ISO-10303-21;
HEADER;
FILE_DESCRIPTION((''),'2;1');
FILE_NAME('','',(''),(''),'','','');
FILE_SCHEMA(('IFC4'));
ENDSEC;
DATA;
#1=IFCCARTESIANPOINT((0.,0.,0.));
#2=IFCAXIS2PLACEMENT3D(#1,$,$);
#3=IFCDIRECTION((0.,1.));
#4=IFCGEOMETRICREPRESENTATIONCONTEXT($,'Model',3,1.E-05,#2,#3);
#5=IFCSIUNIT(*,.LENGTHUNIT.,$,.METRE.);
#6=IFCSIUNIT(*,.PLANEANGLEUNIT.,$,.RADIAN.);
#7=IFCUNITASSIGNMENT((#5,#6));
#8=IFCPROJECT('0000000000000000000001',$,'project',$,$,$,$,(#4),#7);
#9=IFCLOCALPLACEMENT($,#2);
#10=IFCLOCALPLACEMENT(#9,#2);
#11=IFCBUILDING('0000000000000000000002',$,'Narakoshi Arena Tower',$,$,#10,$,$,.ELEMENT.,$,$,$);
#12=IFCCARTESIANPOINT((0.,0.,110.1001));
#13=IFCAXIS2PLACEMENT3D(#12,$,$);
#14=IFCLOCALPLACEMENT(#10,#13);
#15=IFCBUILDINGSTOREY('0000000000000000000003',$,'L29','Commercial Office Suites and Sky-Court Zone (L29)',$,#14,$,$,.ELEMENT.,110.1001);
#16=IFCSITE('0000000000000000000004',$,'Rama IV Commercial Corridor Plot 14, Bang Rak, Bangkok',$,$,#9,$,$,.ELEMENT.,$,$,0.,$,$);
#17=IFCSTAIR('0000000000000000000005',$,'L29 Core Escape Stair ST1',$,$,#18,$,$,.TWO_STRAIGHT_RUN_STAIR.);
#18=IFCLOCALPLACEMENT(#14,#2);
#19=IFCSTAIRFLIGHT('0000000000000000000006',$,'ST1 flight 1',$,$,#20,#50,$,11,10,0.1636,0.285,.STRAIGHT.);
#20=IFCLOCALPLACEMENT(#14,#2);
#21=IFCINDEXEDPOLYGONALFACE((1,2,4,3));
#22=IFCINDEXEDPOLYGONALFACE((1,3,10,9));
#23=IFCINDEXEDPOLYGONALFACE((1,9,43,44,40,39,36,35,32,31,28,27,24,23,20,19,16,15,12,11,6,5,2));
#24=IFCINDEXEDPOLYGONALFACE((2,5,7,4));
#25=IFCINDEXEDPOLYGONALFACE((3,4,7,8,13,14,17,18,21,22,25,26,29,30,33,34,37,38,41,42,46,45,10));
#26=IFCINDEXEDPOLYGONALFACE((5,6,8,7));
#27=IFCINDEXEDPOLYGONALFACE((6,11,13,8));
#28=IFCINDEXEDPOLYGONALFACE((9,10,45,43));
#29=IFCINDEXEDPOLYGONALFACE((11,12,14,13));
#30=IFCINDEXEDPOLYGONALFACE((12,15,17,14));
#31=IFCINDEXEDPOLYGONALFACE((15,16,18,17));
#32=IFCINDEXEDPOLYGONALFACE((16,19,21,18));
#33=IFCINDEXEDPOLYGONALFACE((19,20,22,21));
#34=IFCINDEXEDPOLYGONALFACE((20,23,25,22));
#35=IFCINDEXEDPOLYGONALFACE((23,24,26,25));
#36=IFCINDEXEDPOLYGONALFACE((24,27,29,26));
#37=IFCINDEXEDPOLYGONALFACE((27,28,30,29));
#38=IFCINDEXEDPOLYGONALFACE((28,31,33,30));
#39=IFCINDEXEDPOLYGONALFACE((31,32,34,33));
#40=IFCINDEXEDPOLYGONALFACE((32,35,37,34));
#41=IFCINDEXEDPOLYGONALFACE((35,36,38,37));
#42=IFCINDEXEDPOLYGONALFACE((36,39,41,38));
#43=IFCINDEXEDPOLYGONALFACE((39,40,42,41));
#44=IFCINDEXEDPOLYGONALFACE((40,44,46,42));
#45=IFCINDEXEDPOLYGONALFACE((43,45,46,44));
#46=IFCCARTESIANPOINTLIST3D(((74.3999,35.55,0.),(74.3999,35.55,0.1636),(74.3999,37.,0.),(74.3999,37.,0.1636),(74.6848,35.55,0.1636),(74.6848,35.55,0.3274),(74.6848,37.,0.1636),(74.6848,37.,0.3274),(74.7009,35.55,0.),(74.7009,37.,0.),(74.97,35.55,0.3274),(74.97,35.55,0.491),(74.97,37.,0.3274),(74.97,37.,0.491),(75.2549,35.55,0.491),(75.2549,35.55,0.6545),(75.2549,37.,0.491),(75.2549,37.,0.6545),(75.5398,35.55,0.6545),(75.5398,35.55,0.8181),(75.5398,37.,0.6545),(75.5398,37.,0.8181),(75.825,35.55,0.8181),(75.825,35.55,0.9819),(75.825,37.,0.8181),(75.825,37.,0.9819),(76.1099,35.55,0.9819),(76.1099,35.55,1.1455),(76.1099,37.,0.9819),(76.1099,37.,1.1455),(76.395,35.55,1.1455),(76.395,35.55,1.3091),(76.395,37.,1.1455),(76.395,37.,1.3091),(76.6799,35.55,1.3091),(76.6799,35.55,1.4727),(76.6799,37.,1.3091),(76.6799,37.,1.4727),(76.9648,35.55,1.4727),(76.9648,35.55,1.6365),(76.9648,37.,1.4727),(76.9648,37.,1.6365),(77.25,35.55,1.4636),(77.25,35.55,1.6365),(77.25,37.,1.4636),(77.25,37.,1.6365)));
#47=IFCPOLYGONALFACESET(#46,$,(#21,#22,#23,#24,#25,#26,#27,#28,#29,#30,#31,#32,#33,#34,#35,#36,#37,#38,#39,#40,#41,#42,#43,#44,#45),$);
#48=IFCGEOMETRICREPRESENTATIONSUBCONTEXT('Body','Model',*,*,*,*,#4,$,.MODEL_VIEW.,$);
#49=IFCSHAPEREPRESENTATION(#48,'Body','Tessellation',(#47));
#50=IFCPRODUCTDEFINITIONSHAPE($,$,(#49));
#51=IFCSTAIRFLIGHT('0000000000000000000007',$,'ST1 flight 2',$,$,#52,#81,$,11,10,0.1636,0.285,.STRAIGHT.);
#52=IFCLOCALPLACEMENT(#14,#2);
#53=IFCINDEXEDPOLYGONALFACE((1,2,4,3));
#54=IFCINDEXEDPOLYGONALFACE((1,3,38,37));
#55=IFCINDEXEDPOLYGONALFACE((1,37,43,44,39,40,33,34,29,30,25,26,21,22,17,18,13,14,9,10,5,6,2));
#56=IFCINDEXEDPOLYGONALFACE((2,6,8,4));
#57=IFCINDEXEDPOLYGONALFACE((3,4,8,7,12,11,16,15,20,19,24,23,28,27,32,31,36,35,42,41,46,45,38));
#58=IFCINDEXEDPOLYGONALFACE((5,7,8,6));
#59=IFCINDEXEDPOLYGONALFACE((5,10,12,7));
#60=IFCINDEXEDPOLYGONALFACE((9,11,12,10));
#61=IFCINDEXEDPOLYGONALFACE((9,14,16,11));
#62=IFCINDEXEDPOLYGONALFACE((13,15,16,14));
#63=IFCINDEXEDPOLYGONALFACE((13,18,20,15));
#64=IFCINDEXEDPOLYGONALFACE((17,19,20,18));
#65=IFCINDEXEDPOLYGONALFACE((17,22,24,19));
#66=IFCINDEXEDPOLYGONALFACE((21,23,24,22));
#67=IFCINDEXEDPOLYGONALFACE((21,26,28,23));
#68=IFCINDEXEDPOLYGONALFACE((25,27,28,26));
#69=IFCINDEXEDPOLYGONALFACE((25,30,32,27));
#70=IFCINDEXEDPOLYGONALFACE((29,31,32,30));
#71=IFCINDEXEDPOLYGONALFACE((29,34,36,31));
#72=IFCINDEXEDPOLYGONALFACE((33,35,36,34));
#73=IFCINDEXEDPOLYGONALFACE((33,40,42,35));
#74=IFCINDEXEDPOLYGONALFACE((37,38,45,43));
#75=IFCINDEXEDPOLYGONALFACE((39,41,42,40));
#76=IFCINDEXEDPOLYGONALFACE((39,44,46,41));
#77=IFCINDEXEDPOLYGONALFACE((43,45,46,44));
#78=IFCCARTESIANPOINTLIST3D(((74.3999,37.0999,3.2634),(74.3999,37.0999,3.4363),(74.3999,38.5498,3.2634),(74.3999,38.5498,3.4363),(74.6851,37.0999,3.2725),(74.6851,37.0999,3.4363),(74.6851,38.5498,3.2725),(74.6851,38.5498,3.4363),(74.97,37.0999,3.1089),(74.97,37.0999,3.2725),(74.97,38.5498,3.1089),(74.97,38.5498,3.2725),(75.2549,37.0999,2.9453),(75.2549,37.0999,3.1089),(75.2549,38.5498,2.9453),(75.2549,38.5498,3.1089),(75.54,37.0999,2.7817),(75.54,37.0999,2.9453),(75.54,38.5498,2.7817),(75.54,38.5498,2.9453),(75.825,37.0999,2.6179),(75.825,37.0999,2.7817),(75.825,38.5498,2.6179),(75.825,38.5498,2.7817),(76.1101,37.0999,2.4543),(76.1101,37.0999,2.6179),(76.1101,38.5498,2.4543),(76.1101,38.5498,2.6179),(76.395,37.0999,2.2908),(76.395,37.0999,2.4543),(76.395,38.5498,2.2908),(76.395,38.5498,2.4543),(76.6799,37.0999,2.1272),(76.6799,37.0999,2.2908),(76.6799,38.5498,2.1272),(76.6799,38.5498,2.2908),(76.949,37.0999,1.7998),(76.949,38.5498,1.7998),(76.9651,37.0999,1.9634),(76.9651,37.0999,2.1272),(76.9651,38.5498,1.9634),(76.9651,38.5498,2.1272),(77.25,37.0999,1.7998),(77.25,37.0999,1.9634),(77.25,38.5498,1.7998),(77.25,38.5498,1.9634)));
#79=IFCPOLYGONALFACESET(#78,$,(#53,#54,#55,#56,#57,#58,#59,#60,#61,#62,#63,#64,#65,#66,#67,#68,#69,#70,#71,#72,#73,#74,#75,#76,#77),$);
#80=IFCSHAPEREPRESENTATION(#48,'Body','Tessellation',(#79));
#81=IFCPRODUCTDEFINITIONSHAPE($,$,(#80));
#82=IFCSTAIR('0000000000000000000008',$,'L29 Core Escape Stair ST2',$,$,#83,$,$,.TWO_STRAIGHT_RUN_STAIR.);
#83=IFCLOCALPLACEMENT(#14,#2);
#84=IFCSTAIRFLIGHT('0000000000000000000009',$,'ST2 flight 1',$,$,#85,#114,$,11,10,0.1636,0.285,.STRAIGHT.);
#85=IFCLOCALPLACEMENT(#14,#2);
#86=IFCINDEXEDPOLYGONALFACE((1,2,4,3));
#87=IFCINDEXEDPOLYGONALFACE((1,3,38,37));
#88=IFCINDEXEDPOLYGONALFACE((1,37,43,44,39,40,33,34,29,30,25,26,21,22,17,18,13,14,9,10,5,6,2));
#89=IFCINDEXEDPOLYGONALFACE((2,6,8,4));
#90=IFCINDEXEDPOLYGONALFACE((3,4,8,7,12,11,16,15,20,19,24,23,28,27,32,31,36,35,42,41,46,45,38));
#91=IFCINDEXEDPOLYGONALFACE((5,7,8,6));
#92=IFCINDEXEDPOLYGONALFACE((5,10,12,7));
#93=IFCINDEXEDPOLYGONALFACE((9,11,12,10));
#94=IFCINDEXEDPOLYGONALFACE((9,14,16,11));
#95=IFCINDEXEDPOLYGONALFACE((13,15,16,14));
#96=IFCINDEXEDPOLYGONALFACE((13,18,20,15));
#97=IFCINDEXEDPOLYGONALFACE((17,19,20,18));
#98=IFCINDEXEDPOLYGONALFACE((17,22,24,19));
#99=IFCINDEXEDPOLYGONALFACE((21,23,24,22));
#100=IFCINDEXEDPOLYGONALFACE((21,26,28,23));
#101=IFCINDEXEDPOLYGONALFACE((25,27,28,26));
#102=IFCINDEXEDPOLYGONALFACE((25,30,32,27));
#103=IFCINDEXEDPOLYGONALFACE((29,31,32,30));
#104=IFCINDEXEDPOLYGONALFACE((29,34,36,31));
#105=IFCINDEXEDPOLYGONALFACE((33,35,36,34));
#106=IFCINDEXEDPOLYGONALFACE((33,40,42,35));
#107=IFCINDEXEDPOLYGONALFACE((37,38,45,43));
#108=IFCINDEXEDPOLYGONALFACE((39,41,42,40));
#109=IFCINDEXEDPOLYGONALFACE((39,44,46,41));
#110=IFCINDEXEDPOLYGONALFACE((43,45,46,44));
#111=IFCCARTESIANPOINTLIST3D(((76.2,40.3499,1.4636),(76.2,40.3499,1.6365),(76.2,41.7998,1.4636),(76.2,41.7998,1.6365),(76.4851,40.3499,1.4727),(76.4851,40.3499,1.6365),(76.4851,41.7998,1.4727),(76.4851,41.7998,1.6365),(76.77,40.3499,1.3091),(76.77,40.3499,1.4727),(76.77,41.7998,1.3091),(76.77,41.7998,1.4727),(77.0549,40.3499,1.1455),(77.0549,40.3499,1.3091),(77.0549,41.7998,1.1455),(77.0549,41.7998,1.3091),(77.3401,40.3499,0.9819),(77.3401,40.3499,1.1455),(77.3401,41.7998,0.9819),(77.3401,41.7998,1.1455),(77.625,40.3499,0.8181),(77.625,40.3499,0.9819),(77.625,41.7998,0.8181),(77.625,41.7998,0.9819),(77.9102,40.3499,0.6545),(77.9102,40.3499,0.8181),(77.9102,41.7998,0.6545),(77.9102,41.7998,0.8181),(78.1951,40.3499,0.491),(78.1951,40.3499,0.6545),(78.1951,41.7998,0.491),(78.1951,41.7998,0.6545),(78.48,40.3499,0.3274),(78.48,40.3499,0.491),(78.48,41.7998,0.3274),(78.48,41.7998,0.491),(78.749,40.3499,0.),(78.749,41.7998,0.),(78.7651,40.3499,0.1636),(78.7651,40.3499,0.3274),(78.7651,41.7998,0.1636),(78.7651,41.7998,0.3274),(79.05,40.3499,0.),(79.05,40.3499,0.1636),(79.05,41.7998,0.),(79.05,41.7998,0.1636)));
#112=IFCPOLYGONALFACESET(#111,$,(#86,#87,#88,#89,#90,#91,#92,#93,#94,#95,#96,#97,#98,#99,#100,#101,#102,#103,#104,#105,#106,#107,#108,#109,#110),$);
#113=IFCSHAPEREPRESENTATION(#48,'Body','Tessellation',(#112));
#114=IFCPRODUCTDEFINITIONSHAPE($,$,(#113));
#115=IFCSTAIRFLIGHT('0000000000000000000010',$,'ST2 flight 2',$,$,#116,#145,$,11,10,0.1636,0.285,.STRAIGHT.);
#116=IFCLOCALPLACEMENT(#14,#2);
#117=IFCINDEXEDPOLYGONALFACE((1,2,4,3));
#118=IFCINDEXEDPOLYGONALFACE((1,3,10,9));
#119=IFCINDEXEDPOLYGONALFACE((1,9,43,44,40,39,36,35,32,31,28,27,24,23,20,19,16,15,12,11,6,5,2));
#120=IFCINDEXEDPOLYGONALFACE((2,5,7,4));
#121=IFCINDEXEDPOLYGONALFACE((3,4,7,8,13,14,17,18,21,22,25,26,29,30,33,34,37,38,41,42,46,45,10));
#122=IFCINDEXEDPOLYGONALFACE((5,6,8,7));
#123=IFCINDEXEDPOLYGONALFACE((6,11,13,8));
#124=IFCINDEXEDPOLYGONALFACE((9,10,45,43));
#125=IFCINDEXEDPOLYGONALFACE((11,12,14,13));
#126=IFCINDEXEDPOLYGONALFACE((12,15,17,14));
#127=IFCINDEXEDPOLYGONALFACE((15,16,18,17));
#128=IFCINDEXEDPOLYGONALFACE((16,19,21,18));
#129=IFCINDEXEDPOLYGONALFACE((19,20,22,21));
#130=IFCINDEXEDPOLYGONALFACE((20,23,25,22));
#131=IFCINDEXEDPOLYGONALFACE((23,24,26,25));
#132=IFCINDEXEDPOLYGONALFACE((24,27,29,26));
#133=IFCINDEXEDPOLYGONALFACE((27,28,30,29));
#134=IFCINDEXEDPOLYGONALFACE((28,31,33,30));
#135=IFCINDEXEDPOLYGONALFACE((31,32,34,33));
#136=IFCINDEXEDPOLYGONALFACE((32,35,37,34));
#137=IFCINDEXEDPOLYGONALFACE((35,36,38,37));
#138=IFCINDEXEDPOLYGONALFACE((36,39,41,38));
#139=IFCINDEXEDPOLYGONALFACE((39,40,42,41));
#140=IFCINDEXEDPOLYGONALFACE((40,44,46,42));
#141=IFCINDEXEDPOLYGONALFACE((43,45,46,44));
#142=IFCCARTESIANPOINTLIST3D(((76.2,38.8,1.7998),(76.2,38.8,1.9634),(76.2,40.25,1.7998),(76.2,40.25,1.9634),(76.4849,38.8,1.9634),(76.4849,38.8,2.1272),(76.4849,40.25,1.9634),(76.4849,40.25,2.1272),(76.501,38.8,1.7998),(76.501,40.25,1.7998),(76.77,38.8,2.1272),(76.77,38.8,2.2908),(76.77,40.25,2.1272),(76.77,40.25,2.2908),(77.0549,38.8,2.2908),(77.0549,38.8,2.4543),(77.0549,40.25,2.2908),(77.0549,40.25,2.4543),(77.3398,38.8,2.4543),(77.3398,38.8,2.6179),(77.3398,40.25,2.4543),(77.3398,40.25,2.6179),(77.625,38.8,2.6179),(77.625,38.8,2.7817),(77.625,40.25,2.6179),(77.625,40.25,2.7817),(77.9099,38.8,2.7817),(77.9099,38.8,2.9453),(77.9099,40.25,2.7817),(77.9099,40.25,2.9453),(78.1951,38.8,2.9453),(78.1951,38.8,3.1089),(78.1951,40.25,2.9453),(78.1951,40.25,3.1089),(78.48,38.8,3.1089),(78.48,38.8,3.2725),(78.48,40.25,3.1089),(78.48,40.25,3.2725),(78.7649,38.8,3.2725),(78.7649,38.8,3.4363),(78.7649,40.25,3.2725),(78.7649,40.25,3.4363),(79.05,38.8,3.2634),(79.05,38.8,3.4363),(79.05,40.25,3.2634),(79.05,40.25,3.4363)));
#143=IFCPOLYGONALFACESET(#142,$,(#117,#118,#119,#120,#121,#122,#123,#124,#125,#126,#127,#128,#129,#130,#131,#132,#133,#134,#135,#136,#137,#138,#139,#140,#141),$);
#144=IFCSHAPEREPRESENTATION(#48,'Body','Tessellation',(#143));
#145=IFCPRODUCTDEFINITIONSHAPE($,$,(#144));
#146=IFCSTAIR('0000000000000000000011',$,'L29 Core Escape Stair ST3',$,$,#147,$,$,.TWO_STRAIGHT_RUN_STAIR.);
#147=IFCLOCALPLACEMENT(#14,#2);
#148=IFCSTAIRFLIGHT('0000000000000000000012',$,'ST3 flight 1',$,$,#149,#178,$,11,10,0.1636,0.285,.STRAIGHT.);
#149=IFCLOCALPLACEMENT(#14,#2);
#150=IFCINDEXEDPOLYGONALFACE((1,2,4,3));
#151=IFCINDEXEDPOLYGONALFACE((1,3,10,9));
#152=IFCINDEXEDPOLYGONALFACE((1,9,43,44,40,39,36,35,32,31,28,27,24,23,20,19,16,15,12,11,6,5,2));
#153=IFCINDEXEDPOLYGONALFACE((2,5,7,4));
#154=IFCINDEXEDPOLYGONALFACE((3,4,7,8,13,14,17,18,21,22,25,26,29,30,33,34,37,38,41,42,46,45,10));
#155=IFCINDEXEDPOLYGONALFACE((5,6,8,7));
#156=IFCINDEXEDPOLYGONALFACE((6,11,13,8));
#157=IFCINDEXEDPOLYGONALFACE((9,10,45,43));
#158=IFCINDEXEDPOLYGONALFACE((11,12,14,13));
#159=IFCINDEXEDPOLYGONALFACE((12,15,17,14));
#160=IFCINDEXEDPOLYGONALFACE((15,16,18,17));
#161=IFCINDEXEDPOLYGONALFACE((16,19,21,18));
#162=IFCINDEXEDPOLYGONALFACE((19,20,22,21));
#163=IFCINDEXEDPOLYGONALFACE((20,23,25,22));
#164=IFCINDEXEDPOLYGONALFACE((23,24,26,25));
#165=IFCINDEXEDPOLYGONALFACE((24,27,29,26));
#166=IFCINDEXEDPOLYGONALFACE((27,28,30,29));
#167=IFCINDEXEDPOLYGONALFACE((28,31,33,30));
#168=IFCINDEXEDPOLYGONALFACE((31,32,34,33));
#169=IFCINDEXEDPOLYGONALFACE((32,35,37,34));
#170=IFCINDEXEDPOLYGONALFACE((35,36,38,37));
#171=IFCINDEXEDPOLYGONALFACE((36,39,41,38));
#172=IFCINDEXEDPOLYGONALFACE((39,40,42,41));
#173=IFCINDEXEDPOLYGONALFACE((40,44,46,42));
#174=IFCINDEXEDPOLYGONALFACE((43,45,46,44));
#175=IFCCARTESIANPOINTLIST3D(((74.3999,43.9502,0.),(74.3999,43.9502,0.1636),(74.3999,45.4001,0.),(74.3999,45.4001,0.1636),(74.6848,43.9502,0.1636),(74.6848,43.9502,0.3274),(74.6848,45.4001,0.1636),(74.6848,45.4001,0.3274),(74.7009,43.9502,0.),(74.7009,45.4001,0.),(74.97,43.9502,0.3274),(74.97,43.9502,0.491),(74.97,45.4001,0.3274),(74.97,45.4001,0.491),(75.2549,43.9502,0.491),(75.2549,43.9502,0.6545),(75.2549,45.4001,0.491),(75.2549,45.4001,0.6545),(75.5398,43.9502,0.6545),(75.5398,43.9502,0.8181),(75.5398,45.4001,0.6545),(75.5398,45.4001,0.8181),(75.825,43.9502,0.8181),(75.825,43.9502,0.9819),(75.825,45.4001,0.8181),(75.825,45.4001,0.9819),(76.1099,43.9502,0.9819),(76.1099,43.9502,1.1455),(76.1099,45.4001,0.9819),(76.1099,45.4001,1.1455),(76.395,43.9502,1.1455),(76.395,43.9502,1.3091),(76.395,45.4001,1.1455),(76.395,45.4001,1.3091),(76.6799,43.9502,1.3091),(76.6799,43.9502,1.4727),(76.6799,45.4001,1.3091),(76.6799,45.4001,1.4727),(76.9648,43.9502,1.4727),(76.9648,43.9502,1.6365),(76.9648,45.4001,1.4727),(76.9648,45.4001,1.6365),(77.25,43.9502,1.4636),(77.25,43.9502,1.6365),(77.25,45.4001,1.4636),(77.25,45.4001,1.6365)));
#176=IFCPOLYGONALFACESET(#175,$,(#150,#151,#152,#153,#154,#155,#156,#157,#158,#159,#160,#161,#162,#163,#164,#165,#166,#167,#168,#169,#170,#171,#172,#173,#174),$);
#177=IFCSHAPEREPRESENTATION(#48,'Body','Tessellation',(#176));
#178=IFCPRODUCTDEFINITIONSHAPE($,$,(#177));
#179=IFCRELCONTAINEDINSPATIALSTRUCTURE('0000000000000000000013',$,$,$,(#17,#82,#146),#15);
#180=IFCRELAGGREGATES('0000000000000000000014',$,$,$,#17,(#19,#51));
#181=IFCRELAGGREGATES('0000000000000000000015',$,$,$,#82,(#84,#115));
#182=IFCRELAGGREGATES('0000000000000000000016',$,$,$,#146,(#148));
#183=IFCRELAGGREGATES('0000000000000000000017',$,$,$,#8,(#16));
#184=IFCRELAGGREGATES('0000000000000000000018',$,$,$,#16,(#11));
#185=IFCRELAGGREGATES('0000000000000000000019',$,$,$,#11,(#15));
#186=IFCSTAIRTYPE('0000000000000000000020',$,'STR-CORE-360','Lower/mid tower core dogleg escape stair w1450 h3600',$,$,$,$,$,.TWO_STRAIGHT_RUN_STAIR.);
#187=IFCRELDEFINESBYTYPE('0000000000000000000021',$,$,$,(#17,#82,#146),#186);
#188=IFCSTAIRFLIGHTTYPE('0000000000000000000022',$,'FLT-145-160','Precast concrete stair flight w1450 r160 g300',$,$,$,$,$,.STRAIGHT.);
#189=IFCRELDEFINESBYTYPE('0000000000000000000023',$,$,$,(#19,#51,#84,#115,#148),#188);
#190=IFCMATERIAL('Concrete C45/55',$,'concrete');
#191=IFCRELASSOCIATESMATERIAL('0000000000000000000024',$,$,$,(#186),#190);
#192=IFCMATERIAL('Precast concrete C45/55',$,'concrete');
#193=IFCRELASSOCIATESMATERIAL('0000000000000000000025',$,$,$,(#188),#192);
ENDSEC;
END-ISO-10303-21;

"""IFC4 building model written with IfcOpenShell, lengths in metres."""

from ifc_helpers import new_model, si_unit, direction, frame, origin, place, context, subcontext, project, spatial, polyline, outline, extrude, material, type_object, element, aggregate, save


model = new_model("IFC4")

# Units and contexts
model_context = context("Model", 3, precision=1e-05, world=origin(), true_north=direction((0.0, 1.0)))
body_context = subcontext(model_context, "Body", "Model", "MODEL_VIEW")
ifc_project = project(units=[si_unit("LENGTHUNIT", "METRE"), si_unit("PLANEANGLEUNIT", "RADIAN")], contexts=[model_context])

# Site, building, storey
site_placement = place(None, origin())
site = spatial("IfcSite", under=ifc_project, at=site_placement, Name="Rama IV Commercial Corridor Plot 14, Bang Rak, Bangkok", CompositionType="ELEMENT", RefElevation=0.0)
building_placement = place(site_placement, origin())
building = spatial("IfcBuilding", under=site, at=building_placement, Name="Narakoshi Arena Tower", CompositionType="ELEMENT")
storey_placement = place(building_placement, frame((0.0, 0.0, 110.1001)))
storey = spatial("IfcBuildingStorey", under=building, at=storey_placement, Name="L29", Description="Commercial Office Suites and Sky-Court Zone (L29)", CompositionType="ELEMENT", Elevation=110.1001)

# Stairs, stair flights
ifc_material_1 = material(Name="Concrete C45/55", Category="concrete")
stair_type = type_object("IfcStairType", Name="STR-CORE-360", Description="Lower/mid tower core dogleg escape stair w1450 h3600", PredefinedType="TWO_STRAIGHT_RUN_STAIR", material=ifc_material_1)
stair_1_placement = place(storey_placement, origin())
stair_1 = element("IfcStair", 1, at=stair_1_placement, inside=storey, type_object=stair_type, Name="L29 Core Escape Stair ST1", PredefinedType="TWO_STRAIGHT_RUN_STAIR")
ifc_material_2 = material(Name="Precast concrete C45/55", Category="concrete")
stair_flight_type = type_object("IfcStairFlightType", Name="FLT-145-160", Description="Precast concrete stair flight w1450 r160 g300", PredefinedType="STRAIGHT", material=ifc_material_2)
stair_flight_1_placement = place(storey_placement, frame((74.3999, 36.2749, 0.0), z_axis=(0.0, 0.0, 1.0), x_axis=(1.0, 0.0, 0.0)))
stair_flight_1 = element("IfcStairFlight", 2, at=stair_flight_1_placement, type_object=stair_flight_type, Name="ST1 flight 1", NumberOfRisers=11, NumberOfTreads=10, PredefinedType="STRAIGHT", RiserHeight=0.1636, TreadLength=0.285, context=body_context, shape_type="SweptSolid", body=[
    extrude(outline(polyline([(0.0, 0.0), (0.0, 0.1636), (0.2849, 0.1636), (0.2849, 0.3274), (0.5701, 0.3274), (0.5701, 0.491), (0.855, 0.491), (0.855, 0.6545), (1.1399, 0.6545), (1.1399, 0.8181), (1.425, 0.8181), (1.425, 0.9819), (1.71, 0.9819), (1.71, 1.1455), (1.9951, 1.1455), (1.9951, 1.3091), (2.28, 1.3091), (2.28, 1.4727), (2.5649, 1.4727), (2.5649, 1.6365), (2.8501, 1.6365), (2.8501, 1.8), (2.8501, 1.4636), (0.301, 0.0), (0.0, 0.0)])), frame((0.0, 0.7251, 0.0), z_axis=(0.0, -1.0, 0.0), x_axis=(1.0, 0.0, 0.0)), (0.0, 0.0, 1.0), 1.45),
])
stair_flight_2_placement = place(storey_placement, frame((77.25, 37.825, 1.7998), z_axis=(0.0, 0.0, 1.0), x_axis=(-1.0, 0.0, 0.0)))
stair_flight_2 = element("IfcStairFlight", 3, at=stair_flight_2_placement, type_object=stair_flight_type, Name="ST1 flight 2", NumberOfRisers=11, NumberOfTreads=10, PredefinedType="STRAIGHT", RiserHeight=0.1636, TreadLength=0.285, context=body_context, shape_type="SweptSolid", body=[
    extrude(outline(polyline([(0.0, 0.0), (0.0, 0.1636), (0.2849, 0.1636), (0.2849, 0.3274), (0.5701, 0.3274), (0.5701, 0.491), (0.855, 0.491), (0.855, 0.6545), (1.1399, 0.6545), (1.1399, 0.8181), (1.425, 0.8181), (1.425, 0.9819), (1.71, 0.9819), (1.71, 1.1455), (1.9951, 1.1455), (1.9951, 1.3091), (2.28, 1.3091), (2.28, 1.4727), (2.5649, 1.4727), (2.5649, 1.6365), (2.8501, 1.6365), (2.8501, 1.8), (2.8501, 1.4636), (0.301, 0.0), (0.0, 0.0)])), frame((0.0, 0.7251, 0.0), z_axis=(0.0, -1.0, 0.0), x_axis=(1.0, 0.0, 0.0)), (0.0, 0.0, 1.0), 1.45),
])
aggregate(stair_1, [stair_flight_1, stair_flight_2])
stair_2_placement = place(storey_placement, origin())
stair_2 = element("IfcStair", 4, at=stair_2_placement, inside=storey, type_object=stair_type, Name="L29 Core Escape Stair ST2", PredefinedType="TWO_STRAIGHT_RUN_STAIR")
stair_flight_3_placement = place(storey_placement, frame((79.05, 41.075, 0.0), z_axis=(0.0, 0.0, 1.0), x_axis=(-1.0, 0.0, 0.0)))
stair_flight_3 = element("IfcStairFlight", 5, at=stair_flight_3_placement, type_object=stair_flight_type, Name="ST2 flight 1", NumberOfRisers=11, NumberOfTreads=10, PredefinedType="STRAIGHT", RiserHeight=0.1636, TreadLength=0.285, context=body_context, shape_type="SweptSolid", body=[
    extrude(outline(polyline([(0.0, 0.0), (0.0, 0.1636), (0.2849, 0.1636), (0.2849, 0.3274), (0.5701, 0.3274), (0.5701, 0.491), (0.855, 0.491), (0.855, 0.6545), (1.1399, 0.6545), (1.1399, 0.8181), (1.425, 0.8181), (1.425, 0.9819), (1.71, 0.9819), (1.71, 1.1455), (1.9951, 1.1455), (1.9951, 1.3091), (2.28, 1.3091), (2.28, 1.4727), (2.5649, 1.4727), (2.5649, 1.6365), (2.8501, 1.6365), (2.8501, 1.8), (2.8501, 1.4636), (0.301, 0.0), (0.0, 0.0)])), frame((0.0, 0.7251, 0.0), z_axis=(0.0, -1.0, 0.0), x_axis=(1.0, 0.0, 0.0)), (0.0, 0.0, 1.0), 1.45),
])
stair_flight_4_placement = place(storey_placement, frame((76.2, 39.5249, 1.7998), z_axis=(0.0, 0.0, 1.0), x_axis=(1.0, 0.0, 0.0)))
stair_flight_4 = element("IfcStairFlight", 6, at=stair_flight_4_placement, type_object=stair_flight_type, Name="ST2 flight 2", NumberOfRisers=11, NumberOfTreads=10, PredefinedType="STRAIGHT", RiserHeight=0.1636, TreadLength=0.285, context=body_context, shape_type="SweptSolid", body=[
    extrude(outline(polyline([(0.0, 0.0), (0.0, 0.1636), (0.2849, 0.1636), (0.2849, 0.3274), (0.5701, 0.3274), (0.5701, 0.491), (0.855, 0.491), (0.855, 0.6545), (1.1399, 0.6545), (1.1399, 0.8181), (1.425, 0.8181), (1.425, 0.9819), (1.71, 0.9819), (1.71, 1.1455), (1.9951, 1.1455), (1.9951, 1.3091), (2.28, 1.3091), (2.28, 1.4727), (2.5649, 1.4727), (2.5649, 1.6365), (2.8501, 1.6365), (2.8501, 1.8), (2.8501, 1.4636), (0.301, 0.0), (0.0, 0.0)])), frame((0.0, 0.7251, 0.0), z_axis=(0.0, -1.0, 0.0), x_axis=(1.0, 0.0, 0.0)), (0.0, 0.0, 1.0), 1.45),
])
aggregate(stair_2, [stair_flight_3, stair_flight_4])

# Stair, stair flight
stair_3_placement = place(storey_placement, origin())
stair_3 = element("IfcStair", 7, at=stair_3_placement, inside=storey, type_object=stair_type, Name="L29 Core Escape Stair ST3", PredefinedType="TWO_STRAIGHT_RUN_STAIR")
stair_flight_5_placement = place(storey_placement, frame((74.3999, 44.675, 0.0), z_axis=(0.0, 0.0, 1.0), x_axis=(1.0, 0.0, 0.0)))
stair_flight_5 = element("IfcStairFlight", 8, at=stair_flight_5_placement, type_object=stair_flight_type, Name="ST3 flight 1", NumberOfRisers=11, NumberOfTreads=10, PredefinedType="STRAIGHT", RiserHeight=0.1636, TreadLength=0.285, context=body_context, shape_type="SweptSolid", body=[
    extrude(outline(polyline([(0.0, 0.0), (0.0, 0.1636), (0.2849, 0.1636), (0.2849, 0.3274), (0.5701, 0.3274), (0.5701, 0.491), (0.855, 0.491), (0.855, 0.6545), (1.1399, 0.6545), (1.1399, 0.8181), (1.425, 0.8181), (1.425, 0.9819), (1.71, 0.9819), (1.71, 1.1455), (1.9951, 1.1455), (1.9951, 1.3091), (2.28, 1.3091), (2.28, 1.4727), (2.5649, 1.4727), (2.5649, 1.6365), (2.8501, 1.6365), (2.8501, 1.8), (2.8501, 1.4636), (0.301, 0.0), (0.0, 0.0)])), frame((0.0, 0.7251, 0.0), z_axis=(0.0, -1.0, 0.0), x_axis=(1.0, 0.0, 0.0)), (0.0, 0.0, 1.0), 1.45),
])
aggregate(stair_3, [stair_flight_5])

save(model, "model.ifc")
